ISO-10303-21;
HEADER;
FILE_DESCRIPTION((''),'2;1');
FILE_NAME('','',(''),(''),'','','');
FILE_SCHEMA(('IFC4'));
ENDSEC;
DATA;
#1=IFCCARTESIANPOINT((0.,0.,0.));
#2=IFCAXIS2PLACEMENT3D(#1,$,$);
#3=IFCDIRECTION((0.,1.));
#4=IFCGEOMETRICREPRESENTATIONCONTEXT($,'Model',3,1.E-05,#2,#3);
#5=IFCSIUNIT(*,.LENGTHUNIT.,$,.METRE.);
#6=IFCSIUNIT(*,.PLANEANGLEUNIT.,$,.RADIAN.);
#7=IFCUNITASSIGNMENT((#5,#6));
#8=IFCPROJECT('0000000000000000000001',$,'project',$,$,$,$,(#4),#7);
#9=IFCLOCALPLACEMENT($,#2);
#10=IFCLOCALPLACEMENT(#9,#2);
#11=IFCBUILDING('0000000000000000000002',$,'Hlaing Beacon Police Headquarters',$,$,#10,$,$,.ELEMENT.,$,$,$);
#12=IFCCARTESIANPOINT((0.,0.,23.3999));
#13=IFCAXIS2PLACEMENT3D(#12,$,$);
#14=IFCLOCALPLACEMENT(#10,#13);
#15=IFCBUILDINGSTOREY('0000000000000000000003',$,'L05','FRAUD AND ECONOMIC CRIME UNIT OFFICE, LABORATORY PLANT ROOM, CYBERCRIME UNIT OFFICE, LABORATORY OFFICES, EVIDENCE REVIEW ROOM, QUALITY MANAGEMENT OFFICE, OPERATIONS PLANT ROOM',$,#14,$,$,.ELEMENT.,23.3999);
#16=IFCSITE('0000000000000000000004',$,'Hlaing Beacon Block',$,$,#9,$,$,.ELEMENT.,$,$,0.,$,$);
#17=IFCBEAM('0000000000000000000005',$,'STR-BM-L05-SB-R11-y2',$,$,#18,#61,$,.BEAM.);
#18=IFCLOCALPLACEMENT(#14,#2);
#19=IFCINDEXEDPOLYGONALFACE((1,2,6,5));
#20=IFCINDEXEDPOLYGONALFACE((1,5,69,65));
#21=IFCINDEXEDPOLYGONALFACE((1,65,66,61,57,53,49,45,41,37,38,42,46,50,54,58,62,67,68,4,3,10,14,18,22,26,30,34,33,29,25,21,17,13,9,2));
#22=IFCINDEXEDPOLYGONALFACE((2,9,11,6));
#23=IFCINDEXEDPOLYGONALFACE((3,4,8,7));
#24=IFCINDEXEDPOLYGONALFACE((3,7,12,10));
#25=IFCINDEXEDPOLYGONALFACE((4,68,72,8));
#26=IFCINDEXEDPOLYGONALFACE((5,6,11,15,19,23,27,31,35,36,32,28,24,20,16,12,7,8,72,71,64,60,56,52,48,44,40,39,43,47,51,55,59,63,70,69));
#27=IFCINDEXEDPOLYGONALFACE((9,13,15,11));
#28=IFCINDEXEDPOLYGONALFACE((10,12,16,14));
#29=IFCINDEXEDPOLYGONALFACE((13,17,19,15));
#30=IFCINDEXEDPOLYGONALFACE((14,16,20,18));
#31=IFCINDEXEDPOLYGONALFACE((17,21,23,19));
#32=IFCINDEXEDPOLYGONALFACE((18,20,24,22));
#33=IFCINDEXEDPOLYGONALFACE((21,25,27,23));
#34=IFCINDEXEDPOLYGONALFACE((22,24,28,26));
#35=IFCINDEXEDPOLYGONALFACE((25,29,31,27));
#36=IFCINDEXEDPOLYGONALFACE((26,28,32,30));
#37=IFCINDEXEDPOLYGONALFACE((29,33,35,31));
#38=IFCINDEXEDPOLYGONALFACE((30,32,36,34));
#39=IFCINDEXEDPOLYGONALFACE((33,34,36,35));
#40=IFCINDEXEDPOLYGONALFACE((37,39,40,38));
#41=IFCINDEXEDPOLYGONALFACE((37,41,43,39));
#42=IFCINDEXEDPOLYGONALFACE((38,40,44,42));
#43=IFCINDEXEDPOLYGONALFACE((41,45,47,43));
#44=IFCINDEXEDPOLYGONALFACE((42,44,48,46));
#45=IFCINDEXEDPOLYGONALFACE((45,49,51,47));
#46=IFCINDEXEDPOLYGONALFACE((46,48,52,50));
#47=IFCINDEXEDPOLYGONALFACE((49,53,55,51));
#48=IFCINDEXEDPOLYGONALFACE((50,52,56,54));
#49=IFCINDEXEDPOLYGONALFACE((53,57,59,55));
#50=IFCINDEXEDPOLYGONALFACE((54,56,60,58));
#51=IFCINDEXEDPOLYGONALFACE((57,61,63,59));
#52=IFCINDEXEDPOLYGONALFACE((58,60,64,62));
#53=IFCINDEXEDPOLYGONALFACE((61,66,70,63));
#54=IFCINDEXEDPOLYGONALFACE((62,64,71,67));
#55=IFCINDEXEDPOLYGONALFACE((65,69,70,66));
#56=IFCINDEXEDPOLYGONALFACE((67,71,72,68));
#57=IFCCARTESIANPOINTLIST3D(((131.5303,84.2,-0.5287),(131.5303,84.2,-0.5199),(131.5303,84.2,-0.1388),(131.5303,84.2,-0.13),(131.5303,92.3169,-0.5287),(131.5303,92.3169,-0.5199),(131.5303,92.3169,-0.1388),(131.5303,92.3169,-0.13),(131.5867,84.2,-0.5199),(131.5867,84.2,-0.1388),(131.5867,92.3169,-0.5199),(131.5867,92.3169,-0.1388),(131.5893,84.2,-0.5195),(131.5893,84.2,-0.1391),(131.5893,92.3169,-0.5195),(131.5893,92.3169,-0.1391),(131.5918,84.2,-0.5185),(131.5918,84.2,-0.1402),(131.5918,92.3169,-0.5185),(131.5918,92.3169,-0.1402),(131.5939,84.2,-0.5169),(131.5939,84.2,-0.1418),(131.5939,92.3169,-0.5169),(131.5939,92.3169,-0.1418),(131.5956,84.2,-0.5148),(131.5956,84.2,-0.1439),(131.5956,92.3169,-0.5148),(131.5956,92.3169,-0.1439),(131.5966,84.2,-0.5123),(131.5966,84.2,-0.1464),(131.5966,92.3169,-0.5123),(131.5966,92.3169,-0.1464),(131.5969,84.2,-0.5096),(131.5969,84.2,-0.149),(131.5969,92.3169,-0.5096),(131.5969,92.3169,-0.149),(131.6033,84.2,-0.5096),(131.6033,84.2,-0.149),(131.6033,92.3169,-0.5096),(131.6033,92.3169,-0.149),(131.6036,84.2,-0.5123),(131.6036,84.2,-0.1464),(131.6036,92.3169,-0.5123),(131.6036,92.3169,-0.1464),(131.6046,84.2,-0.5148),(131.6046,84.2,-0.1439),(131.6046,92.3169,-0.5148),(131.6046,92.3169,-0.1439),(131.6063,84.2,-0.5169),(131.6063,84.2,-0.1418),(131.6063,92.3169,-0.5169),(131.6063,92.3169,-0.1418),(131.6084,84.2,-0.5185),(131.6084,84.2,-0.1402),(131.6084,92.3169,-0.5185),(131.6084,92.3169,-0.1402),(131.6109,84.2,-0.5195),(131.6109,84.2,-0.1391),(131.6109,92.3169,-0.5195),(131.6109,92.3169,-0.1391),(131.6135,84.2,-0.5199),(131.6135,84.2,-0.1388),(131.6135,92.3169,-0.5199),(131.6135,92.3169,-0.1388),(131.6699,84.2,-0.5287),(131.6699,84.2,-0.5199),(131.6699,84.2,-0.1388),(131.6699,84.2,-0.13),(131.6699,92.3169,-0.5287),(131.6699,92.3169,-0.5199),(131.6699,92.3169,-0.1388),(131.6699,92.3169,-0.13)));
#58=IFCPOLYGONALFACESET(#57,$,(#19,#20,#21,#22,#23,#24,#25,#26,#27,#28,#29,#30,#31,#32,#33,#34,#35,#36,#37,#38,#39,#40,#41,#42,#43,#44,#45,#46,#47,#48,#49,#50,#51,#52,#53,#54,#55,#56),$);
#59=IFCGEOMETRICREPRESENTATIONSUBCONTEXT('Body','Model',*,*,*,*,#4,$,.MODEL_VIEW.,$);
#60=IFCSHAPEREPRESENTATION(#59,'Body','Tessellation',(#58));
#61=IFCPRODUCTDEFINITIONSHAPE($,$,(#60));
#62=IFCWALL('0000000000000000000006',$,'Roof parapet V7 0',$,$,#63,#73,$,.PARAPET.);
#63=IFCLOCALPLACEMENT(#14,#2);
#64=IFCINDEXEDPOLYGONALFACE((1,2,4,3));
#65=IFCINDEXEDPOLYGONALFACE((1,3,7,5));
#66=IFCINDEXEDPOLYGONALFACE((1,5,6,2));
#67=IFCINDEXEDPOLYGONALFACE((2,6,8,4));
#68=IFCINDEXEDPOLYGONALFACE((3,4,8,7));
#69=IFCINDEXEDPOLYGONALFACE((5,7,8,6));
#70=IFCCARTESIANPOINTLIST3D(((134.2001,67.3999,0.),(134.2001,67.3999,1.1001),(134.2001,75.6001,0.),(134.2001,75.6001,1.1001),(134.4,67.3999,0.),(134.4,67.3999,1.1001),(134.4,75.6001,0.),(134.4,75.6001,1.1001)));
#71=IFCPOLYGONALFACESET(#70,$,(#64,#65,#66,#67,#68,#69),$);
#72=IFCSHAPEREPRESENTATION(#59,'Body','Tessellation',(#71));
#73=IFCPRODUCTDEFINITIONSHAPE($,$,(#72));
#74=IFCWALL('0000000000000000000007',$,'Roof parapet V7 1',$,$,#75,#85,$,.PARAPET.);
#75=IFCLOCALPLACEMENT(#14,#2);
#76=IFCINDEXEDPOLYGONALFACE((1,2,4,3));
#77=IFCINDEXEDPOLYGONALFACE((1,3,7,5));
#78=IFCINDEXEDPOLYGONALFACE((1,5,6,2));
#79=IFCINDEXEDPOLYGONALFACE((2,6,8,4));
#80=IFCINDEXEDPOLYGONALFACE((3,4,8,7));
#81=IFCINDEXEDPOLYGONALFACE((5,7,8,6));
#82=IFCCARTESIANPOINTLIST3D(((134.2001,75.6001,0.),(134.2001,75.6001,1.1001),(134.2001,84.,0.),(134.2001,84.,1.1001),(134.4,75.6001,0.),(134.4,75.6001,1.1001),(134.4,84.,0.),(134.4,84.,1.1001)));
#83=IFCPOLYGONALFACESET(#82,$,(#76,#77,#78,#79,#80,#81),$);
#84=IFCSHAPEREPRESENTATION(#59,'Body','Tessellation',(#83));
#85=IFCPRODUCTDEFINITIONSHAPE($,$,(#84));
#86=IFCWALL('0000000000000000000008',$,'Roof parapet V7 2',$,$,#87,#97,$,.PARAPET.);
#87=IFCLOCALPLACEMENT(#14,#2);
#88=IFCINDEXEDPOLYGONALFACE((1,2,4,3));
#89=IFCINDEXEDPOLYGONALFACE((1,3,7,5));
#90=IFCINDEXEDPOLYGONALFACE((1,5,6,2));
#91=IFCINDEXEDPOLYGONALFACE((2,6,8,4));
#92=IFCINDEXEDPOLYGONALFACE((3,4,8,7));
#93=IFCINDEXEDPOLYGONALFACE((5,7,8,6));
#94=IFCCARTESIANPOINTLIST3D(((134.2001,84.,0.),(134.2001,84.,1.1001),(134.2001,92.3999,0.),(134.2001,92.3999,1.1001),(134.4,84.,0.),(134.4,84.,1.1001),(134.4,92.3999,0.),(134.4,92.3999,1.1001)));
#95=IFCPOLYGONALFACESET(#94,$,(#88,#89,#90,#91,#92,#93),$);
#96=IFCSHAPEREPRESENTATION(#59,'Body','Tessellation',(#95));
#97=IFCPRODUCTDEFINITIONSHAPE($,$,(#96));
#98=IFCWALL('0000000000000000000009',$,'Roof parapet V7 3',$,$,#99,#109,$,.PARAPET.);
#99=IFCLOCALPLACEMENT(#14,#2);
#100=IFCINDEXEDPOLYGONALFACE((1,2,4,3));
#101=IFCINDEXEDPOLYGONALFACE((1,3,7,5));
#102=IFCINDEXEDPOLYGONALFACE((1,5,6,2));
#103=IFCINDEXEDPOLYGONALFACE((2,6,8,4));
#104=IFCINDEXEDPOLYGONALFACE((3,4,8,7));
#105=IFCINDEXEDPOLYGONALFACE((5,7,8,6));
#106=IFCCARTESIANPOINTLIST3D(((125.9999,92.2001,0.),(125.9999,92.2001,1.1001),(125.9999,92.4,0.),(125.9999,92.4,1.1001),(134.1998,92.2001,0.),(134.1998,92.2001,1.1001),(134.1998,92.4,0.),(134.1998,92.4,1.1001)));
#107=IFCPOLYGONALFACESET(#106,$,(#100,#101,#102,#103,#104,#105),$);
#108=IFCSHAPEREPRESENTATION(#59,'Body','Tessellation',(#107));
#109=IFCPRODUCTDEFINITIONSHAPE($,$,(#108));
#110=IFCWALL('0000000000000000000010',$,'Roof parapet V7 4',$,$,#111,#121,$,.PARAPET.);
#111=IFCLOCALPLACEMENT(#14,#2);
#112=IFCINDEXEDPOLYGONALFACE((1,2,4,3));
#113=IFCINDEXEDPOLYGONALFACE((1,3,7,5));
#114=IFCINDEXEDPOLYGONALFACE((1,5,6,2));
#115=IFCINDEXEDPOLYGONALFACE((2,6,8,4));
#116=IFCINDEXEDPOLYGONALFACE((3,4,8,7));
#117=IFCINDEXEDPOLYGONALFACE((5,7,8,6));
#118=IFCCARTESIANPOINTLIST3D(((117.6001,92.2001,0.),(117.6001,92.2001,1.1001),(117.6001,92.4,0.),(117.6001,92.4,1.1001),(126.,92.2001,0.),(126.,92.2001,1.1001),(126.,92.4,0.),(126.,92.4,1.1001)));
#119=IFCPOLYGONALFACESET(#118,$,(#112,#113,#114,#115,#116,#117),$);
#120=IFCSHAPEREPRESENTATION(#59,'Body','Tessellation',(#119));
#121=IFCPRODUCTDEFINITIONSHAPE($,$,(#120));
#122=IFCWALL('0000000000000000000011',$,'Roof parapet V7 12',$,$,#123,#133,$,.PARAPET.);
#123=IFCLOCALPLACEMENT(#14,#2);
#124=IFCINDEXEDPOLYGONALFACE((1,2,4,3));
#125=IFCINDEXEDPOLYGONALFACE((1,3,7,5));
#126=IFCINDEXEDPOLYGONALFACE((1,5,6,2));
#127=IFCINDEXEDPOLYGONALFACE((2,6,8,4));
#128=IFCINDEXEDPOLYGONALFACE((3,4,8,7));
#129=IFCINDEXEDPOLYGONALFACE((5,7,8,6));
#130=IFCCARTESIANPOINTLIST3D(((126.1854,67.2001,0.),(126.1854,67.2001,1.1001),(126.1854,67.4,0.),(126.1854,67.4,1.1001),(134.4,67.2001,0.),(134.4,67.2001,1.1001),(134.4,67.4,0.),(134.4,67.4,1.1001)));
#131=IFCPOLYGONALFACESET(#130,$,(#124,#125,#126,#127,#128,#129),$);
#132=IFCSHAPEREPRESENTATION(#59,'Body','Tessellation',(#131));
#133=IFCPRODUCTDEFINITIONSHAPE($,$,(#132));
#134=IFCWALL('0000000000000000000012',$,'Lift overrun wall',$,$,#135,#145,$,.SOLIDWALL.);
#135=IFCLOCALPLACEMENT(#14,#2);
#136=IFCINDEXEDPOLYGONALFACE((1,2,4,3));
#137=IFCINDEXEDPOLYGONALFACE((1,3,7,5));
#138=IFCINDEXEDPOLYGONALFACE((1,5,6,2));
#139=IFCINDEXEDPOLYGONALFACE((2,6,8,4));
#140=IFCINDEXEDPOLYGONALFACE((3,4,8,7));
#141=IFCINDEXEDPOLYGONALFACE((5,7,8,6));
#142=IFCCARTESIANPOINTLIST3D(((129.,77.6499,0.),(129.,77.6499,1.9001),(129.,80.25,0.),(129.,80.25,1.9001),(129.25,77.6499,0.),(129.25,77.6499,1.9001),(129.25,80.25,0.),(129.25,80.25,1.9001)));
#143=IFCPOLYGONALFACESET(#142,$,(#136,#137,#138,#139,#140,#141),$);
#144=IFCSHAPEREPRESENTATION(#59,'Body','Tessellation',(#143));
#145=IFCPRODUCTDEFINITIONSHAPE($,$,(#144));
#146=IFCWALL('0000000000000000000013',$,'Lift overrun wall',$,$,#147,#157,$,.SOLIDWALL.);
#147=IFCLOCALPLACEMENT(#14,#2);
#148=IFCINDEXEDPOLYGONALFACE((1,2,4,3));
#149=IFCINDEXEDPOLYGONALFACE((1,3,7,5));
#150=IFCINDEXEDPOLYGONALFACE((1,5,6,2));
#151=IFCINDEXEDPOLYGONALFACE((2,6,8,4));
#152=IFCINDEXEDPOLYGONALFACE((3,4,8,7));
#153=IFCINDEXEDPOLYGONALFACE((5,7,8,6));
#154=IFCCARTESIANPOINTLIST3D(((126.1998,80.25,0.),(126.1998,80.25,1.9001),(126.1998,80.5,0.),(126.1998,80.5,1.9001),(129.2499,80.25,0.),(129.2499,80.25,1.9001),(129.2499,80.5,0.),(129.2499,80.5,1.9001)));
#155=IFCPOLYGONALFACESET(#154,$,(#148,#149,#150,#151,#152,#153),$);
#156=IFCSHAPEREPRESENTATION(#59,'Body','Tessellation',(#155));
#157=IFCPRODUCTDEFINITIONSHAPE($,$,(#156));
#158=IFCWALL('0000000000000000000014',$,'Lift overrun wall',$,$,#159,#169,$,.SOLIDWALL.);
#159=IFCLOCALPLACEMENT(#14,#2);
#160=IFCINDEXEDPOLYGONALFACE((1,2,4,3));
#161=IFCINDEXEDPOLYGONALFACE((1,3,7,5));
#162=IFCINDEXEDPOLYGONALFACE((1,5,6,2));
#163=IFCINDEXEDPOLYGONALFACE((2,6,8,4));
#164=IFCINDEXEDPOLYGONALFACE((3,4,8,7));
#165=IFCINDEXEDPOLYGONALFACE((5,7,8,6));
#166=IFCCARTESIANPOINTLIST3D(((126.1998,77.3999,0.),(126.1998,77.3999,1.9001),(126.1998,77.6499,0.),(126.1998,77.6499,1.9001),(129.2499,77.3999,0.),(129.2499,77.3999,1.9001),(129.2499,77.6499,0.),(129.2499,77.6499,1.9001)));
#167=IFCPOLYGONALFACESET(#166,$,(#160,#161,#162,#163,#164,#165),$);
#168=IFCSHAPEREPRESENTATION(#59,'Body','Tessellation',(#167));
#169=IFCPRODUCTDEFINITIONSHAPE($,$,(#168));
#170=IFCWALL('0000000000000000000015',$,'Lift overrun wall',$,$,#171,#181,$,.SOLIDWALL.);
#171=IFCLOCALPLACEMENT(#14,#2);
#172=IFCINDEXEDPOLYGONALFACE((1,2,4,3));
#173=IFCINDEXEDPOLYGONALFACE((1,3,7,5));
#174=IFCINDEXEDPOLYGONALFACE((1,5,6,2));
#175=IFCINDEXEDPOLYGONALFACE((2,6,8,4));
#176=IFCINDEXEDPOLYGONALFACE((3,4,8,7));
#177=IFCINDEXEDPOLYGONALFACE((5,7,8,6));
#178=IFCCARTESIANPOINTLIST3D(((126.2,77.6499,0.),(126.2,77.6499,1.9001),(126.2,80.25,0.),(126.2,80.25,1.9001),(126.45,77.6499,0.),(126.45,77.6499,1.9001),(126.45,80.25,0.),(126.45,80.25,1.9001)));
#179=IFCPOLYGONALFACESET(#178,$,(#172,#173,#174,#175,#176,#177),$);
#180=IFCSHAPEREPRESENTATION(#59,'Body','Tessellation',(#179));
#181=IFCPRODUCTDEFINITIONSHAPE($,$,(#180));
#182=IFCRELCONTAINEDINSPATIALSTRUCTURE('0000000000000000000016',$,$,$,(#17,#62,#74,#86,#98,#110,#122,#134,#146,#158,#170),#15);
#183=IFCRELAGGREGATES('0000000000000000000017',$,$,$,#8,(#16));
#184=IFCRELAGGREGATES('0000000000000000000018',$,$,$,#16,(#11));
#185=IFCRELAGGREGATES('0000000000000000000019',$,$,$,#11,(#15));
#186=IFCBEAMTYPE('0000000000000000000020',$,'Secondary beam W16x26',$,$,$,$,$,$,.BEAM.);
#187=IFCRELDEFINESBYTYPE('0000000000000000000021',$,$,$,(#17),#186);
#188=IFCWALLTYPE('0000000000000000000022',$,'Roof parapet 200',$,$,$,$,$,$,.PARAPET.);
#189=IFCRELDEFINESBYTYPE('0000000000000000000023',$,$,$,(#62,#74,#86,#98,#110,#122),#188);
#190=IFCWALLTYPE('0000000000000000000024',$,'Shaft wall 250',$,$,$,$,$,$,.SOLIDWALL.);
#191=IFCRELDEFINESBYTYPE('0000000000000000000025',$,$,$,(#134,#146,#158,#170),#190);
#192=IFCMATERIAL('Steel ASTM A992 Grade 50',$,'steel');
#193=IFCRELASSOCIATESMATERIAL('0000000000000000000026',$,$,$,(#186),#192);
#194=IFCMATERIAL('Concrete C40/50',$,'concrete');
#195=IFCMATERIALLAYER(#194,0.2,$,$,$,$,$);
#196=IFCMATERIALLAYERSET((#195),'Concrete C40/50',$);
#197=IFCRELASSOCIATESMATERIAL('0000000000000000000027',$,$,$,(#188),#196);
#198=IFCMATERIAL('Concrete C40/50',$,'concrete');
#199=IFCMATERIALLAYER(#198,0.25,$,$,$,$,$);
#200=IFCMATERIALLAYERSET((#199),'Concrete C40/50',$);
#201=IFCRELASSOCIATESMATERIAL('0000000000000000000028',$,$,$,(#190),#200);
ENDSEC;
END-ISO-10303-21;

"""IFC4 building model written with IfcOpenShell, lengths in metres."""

from ifc_helpers import new_model, si_unit, direction, frame, frame_2d, origin, origin_2d, place, context, subcontext, project, spatial, rectangle, i_section, extrude, material, layer, layer_set, material_profile, profile_set, type_object, element, save


model = new_model("IFC4")

# Units and contexts
model_context = context("Model", 3, precision=1e-05, world=origin(), true_north=direction((0.0, 1.0)))
body_context = subcontext(model_context, "Body", "Model", "MODEL_VIEW")
ifc_project = project(units=[si_unit("LENGTHUNIT", "METRE"), si_unit("PLANEANGLEUNIT", "RADIAN")], contexts=[model_context])

# Site, building, storey
site_placement = place(None, origin())
site = spatial("IfcSite", under=ifc_project, at=site_placement, Name="Hlaing Beacon Block", CompositionType="ELEMENT", RefElevation=0.0)
building_placement = place(site_placement, origin())
building = spatial("IfcBuilding", under=site, at=building_placement, Name="Hlaing Beacon Police Headquarters", CompositionType="ELEMENT")
storey_placement = place(building_placement, frame((0.0, 0.0, 23.3999)))
storey = spatial("IfcBuildingStorey", under=building, at=storey_placement, Name="L05", Description="FRAUD AND ECONOMIC CRIME UNIT OFFICE, LABORATORY PLANT ROOM, CYBERCRIME UNIT OFFICE, LABORATORY OFFICES, EVIDENCE REVIEW ROOM, QUALITY MANAGEMENT OFFICE, OPERATIONS PLANT ROOM", CompositionType="ELEMENT", Elevation=23.3999)

# Beam
ifc_material_1 = material(Name="Steel ASTM A992 Grade 50", Category="steel")
ifc_material_profile_1 = material_profile(ifc_material_1, i_section(OverallWidth=0.1396, OverallDepth=0.3987, WebThickness=0.0063, FlangeThickness=0.0088, FilletRadius=0.0103, at=origin_2d()), Name="W16x26")
ifc_profile_set_1 = profile_set([ifc_material_profile_1], Name="Steel ASTM A992 Grade 50")
beam_type_1 = type_object("IfcBeamType", Name="Secondary beam W16x26", PredefinedType="BEAM", material=ifc_profile_set_1)
for number, where, z_axis, x_axis, name in (
    (1, (131.6001, 84.2, -0.3293), (0.0, 1.0, 0.0), (-1.0, 0.0, 0.0), "STR-BM-L05-SB-R11-y2"),
):
    element("IfcBeam", number, at=place(storey_placement, frame(where, z_axis=z_axis, x_axis=x_axis)), inside=storey, type_object=beam_type_1, Name=name, PredefinedType="BEAM", context=body_context, shape_type="SweptSolid", body=[
        extrude(i_section(OverallWidth=0.1396, OverallDepth=0.3987, WebThickness=0.0063, FlangeThickness=0.0088, FilletRadius=0.0103, at=origin_2d()), origin(), (0.0, 0.0, 1.0), 8.1169),
    ])

# Walls
ifc_material_2 = material(Name="Concrete C40/50", Category="concrete")
ifc_layer_1 = layer(ifc_material_2, 0.2)
ifc_layer_set_1 = layer_set([ifc_layer_1], Name="Concrete C40/50")
wall_type_1 = type_object("IfcWallType", Name="Roof parapet 200", PredefinedType="PARAPET", material=ifc_layer_set_1)
wall_1_placement = place(storey_placement, frame((134.3, 67.3999, 0.0), z_axis=(0.0, 0.0, 1.0), x_axis=(0.0, 1.0, 0.0)))
element("IfcWall", 2, at=wall_1_placement, inside=storey, type_object=wall_type_1, Name="Roof parapet V7 0", PredefinedType="PARAPET", context=body_context, shape_type="SweptSolid", body=[
    extrude(rectangle(XDim=8.2002, YDim=0.2, at=frame_2d((4.1001, 0.0))), origin(), (0.0, 0.0, 1.0), 1.1001),
])
for number, where, z_axis, x_axis, name in (
    (3, (134.3, 75.6001, 0.0), (0.0, 0.0, 1.0), (0.0, 1.0, 0.0), "Roof parapet V7 1"),
    (4, (134.3, 84.0, 0.0), (0.0, 0.0, 1.0), (0.0, 1.0, 0.0), "Roof parapet V7 2"),
):
    element("IfcWall", number, at=place(storey_placement, frame(where, z_axis=z_axis, x_axis=x_axis)), inside=storey, type_object=wall_type_1, Name=name, PredefinedType="PARAPET", context=body_context, shape_type="SweptSolid", body=[
        extrude(rectangle(XDim=8.3999, YDim=0.2, at=frame_2d((4.2, 0.0))), origin(), (0.0, 0.0, 1.0), 1.1001),
    ])
wall_2_placement = place(storey_placement, frame((134.2, 92.3, 0.0), z_axis=(0.0, 0.0, 1.0), x_axis=(-1.0, 0.0, 0.0)))
element("IfcWall", 5, at=wall_2_placement, inside=storey, type_object=wall_type_1, Name="Roof parapet V7 3", PredefinedType="PARAPET", context=body_context, shape_type="SweptSolid", body=[
    extrude(rectangle(XDim=8.2, YDim=0.2, at=frame_2d((4.1001, 0.0))), origin(), (0.0, 0.0, 1.0), 1.1001),
])
wall_3_placement = place(storey_placement, frame((126.0, 92.3, 0.0), z_axis=(0.0, 0.0, 1.0), x_axis=(-1.0, 0.0, 0.0)))
element("IfcWall", 6, at=wall_3_placement, inside=storey, type_object=wall_type_1, Name="Roof parapet V7 4", PredefinedType="PARAPET", context=body_context, shape_type="SweptSolid", body=[
    extrude(rectangle(XDim=8.3999, YDim=0.2, at=frame_2d((4.2, 0.0))), origin(), (0.0, 0.0, 1.0), 1.1001),
])
wall_4_placement = place(storey_placement, frame((126.1853, 67.3, 0.0), z_axis=(0.0, 0.0, 1.0), x_axis=(1.0, 0.0, 0.0)))
element("IfcWall", 7, at=wall_4_placement, inside=storey, type_object=wall_type_1, Name="Roof parapet V7 12", PredefinedType="PARAPET", context=body_context, shape_type="SweptSolid", body=[
    extrude(rectangle(XDim=8.2146, YDim=0.2, at=frame_2d((4.1074, 0.0))), origin(), (0.0, 0.0, 1.0), 1.1001),
])
ifc_material_3 = material(Name="Concrete C40/50", Category="concrete")
ifc_layer_2 = layer(ifc_material_3, 0.25)
ifc_layer_set_2 = layer_set([ifc_layer_2], Name="Concrete C40/50")
wall_type_2 = type_object("IfcWallType", Name="Shaft wall 250", PredefinedType="SOLIDWALL", material=ifc_layer_set_2)
wall_5_placement = place(storey_placement, frame((129.125, 77.6499, 0.0), z_axis=(0.0, 0.0, 1.0), x_axis=(0.0, 1.0, 0.0)))
element("IfcWall", 8, at=wall_5_placement, inside=storey, type_object=wall_type_2, Name="Lift overrun wall", PredefinedType="SOLIDWALL", context=body_context, shape_type="SweptSolid", body=[
    extrude(rectangle(XDim=2.6001, YDim=0.25, at=frame_2d((1.3, 0.0))), origin(), (0.0, 0.0, 1.0), 1.9001),
])
for number, where, z_axis, x_axis, name in (
    (9, (126.2, 80.375, 0.0), (0.0, 0.0, 1.0), (1.0, 0.0, 0.0), "Lift overrun wall"),
    (10, (126.2, 77.5249, 0.0), (0.0, 0.0, 1.0), (1.0, 0.0, 0.0), "Lift overrun wall"),
):
    element("IfcWall", number, at=place(storey_placement, frame(where, z_axis=z_axis, x_axis=x_axis)), inside=storey, type_object=wall_type_2, Name=name, PredefinedType="SOLIDWALL", context=body_context, shape_type="SweptSolid", body=[
        extrude(rectangle(XDim=3.05, YDim=0.25, at=frame_2d((1.5249, 0.0))), origin(), (0.0, 0.0, 1.0), 1.9001),
    ])
wall_6_placement = place(storey_placement, frame((126.325, 77.6499, 0.0), z_axis=(0.0, 0.0, 1.0), x_axis=(0.0, 1.0, 0.0)))
element("IfcWall", 11, at=wall_6_placement, inside=storey, type_object=wall_type_2, Name="Lift overrun wall", PredefinedType="SOLIDWALL", context=body_context, shape_type="SweptSolid", body=[
    extrude(rectangle(XDim=2.6001, YDim=0.25, at=frame_2d((1.3, 0.0))), origin(), (0.0, 0.0, 1.0), 1.9001),
])

save(model, "model.ifc")
